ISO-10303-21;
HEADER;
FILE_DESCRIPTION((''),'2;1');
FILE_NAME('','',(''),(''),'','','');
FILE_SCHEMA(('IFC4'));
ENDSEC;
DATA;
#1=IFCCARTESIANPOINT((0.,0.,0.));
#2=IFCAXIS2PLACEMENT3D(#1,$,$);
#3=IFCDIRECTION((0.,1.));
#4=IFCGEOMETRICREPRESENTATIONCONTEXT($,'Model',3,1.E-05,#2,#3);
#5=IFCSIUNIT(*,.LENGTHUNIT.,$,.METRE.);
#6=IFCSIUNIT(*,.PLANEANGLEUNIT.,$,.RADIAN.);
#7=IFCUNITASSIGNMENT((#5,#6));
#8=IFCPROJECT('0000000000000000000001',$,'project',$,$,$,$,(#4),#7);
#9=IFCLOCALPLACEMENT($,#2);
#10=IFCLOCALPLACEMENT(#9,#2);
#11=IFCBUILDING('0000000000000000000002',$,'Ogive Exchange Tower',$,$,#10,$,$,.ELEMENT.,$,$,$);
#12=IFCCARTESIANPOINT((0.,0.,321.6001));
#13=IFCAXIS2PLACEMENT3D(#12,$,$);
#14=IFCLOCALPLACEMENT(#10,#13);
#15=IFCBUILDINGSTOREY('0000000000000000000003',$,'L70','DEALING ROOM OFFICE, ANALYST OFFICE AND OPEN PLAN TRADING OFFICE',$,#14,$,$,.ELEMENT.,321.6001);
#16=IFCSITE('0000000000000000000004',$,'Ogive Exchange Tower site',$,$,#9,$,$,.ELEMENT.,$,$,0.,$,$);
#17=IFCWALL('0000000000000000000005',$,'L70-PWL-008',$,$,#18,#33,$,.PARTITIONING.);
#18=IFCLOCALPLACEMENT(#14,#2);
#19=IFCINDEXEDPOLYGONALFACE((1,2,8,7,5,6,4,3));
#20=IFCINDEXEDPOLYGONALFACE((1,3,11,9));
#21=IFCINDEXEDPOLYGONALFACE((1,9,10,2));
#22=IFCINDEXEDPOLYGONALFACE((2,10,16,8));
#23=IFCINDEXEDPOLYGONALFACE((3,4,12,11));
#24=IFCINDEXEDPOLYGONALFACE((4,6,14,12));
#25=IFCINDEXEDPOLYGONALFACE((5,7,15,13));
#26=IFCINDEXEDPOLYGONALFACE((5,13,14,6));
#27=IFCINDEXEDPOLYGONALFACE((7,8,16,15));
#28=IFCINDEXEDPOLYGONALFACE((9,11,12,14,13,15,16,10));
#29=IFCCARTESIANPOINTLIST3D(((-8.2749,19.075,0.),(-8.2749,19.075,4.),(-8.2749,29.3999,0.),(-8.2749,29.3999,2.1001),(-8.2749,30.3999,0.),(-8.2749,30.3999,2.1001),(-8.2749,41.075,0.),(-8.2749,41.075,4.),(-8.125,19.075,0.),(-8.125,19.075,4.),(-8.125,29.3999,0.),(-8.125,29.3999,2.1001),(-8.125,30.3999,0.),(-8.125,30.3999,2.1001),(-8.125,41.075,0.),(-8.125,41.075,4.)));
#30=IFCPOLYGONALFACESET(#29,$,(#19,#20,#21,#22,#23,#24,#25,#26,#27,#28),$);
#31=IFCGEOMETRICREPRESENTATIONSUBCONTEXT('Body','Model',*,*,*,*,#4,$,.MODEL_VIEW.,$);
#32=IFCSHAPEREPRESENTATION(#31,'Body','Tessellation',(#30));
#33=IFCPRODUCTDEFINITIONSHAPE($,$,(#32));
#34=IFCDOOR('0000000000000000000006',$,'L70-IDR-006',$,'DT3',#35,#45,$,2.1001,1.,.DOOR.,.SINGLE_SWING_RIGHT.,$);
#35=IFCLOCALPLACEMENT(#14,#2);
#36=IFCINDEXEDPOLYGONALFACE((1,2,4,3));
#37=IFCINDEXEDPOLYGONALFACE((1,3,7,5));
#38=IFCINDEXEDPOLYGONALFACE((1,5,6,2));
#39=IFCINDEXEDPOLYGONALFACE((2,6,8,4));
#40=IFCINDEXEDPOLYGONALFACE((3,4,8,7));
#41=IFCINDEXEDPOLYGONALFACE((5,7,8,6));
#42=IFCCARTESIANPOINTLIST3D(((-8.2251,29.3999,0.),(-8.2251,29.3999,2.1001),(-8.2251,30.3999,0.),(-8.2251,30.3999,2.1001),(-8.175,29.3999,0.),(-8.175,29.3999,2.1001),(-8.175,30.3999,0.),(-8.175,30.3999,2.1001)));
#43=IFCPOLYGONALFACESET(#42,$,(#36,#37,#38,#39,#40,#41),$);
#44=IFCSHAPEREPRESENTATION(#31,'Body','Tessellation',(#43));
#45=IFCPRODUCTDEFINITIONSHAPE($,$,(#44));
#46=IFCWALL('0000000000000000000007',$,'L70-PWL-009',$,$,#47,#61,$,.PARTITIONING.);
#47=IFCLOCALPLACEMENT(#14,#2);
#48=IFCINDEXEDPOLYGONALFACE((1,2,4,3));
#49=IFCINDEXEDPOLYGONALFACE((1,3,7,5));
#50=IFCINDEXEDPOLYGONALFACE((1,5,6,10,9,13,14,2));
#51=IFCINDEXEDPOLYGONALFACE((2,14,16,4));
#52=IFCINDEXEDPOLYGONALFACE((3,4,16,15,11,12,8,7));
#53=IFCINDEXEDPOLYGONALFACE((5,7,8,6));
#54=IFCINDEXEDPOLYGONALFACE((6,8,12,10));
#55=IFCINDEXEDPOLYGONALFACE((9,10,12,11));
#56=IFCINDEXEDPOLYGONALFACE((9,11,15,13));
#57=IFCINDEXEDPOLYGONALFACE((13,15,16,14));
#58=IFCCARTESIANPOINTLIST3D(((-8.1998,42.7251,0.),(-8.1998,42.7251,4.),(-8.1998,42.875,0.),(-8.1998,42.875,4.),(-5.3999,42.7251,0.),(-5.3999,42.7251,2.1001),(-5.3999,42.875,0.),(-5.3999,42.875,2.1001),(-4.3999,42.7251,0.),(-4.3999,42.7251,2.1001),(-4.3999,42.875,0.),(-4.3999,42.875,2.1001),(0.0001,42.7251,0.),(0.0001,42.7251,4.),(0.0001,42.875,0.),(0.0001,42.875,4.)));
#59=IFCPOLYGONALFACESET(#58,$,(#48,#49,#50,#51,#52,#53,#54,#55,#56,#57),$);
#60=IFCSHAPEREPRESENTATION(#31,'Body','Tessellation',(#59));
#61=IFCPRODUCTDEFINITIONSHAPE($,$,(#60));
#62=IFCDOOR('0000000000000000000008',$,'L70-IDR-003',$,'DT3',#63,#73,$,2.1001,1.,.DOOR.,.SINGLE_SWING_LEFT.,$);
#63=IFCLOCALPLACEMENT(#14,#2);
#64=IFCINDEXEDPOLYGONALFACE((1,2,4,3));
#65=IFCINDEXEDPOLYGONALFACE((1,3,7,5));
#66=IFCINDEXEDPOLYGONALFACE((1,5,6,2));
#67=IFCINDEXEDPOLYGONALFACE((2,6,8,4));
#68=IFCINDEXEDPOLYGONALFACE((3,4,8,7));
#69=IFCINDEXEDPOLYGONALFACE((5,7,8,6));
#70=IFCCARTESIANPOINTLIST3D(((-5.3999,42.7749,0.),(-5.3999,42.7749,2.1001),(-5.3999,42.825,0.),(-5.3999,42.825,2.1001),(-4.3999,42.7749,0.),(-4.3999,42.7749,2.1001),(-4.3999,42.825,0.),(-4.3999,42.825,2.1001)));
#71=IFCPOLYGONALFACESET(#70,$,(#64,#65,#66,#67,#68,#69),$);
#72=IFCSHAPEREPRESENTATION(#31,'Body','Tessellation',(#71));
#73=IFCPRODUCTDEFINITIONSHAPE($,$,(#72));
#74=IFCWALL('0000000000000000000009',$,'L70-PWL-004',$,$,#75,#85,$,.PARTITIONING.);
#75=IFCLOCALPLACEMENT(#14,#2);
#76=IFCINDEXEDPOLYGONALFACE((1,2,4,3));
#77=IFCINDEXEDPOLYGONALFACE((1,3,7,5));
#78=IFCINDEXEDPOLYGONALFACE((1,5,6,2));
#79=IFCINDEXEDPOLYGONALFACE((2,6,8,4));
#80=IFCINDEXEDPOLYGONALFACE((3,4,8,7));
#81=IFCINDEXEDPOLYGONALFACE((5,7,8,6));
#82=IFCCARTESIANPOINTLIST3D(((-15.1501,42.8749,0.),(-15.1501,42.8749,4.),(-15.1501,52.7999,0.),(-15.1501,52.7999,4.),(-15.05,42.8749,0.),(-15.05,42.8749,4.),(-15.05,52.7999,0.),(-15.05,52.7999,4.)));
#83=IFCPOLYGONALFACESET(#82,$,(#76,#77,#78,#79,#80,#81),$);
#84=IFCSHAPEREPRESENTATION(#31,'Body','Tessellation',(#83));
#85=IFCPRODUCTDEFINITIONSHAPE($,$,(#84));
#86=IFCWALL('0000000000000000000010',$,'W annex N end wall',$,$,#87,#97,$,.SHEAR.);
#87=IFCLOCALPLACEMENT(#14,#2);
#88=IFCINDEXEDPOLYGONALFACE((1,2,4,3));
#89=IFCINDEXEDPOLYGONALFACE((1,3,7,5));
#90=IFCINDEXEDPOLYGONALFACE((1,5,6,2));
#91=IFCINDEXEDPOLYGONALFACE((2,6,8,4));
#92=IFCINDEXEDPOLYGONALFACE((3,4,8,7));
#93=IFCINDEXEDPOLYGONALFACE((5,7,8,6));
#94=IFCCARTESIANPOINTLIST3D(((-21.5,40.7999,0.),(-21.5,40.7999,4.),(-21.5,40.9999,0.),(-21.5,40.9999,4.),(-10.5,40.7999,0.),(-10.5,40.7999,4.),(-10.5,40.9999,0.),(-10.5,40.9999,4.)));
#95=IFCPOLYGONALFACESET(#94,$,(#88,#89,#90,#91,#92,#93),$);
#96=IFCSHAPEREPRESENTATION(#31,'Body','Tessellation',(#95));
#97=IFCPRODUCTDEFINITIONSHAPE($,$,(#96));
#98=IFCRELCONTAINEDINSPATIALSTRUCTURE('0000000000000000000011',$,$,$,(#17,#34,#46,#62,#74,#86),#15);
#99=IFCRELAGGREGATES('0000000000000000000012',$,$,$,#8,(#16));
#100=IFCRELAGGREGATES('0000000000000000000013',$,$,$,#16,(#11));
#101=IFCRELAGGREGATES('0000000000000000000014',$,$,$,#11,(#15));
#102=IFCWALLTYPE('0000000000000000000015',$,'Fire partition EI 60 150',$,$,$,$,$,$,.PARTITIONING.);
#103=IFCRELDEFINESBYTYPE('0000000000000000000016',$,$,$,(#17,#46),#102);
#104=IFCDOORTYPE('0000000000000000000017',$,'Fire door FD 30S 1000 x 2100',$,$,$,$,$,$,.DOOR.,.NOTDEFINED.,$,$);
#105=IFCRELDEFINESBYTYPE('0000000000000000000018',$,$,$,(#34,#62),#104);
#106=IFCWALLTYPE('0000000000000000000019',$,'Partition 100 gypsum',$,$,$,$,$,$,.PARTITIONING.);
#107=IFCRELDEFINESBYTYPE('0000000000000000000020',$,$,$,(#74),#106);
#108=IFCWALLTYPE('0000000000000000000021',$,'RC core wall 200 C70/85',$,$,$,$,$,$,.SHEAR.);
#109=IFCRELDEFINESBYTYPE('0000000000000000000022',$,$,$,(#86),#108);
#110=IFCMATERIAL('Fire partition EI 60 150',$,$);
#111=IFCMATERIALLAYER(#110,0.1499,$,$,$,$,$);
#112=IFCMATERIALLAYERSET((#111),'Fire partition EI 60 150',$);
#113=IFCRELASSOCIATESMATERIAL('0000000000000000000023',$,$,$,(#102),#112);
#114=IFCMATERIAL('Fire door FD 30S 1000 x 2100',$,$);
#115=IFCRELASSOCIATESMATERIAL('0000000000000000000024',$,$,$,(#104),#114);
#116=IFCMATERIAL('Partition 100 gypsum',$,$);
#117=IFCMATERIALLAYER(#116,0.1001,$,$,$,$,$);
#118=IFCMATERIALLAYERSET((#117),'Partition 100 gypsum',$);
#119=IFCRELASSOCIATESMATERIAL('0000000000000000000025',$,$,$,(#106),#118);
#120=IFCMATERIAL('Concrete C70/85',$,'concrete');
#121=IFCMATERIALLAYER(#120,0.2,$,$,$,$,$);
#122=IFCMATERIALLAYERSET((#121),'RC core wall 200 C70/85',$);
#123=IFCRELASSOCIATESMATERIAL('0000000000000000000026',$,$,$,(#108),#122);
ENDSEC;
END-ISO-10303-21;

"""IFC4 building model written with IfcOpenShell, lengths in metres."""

from ifc_helpers import new_model, si_unit, direction, frame, frame_2d, origin, place, context, subcontext, project, spatial, rectangle, extrude, material, layer, layer_set, type_object, element, fill, save


model = new_model("IFC4")

# Units and contexts
model_context = context("Model", 3, precision=1e-05, world=origin(), true_north=direction((0.0, 1.0)))
body_context = subcontext(model_context, "Body", "Model", "MODEL_VIEW")
ifc_project = project(units=[si_unit("LENGTHUNIT", "METRE"), si_unit("PLANEANGLEUNIT", "RADIAN")], contexts=[model_context])

# Site, building, storey
site_placement = place(None, origin())
site = spatial("IfcSite", under=ifc_project, at=site_placement, Name="Ogive Exchange Tower site", CompositionType="ELEMENT", RefElevation=0.0)
building_placement = place(site_placement, origin())
building = spatial("IfcBuilding", under=site, at=building_placement, Name="Ogive Exchange Tower", CompositionType="ELEMENT")
storey_placement = place(building_placement, frame((0.0, 0.0, 321.6001)))
storey = spatial("IfcBuildingStorey", under=building, at=storey_placement, Name="L70", Description="DEALING ROOM OFFICE, ANALYST OFFICE AND OPEN PLAN TRADING OFFICE", CompositionType="ELEMENT", Elevation=321.6001)

# Shared definitions
ifc_material_1 = material(Name="Fire partition EI 60 150")
ifc_layer_1 = layer(ifc_material_1, 0.1499)
ifc_layer_set_1 = layer_set([ifc_layer_1], Name="Fire partition EI 60 150")
wall_type_1 = type_object("IfcWallType", Name="Fire partition EI 60 150", PredefinedType="PARTITIONING", material=ifc_layer_set_1)
ifc_material_2 = material(Name="Fire door FD 30S 1000 x 2100")
door_type = type_object("IfcDoorType", Name="Fire door FD 30S 1000 x 2100", OperationType="NOTDEFINED", PredefinedType="DOOR", material=ifc_material_2)

# Walls, openings, doors
wall_1_placement = place(storey_placement, frame((-8.2, 41.075, 0.0), z_axis=(0.0, 0.0, 1.0), x_axis=(0.0, -1.0, 0.0)))
wall_1 = element("IfcWall", 1, at=wall_1_placement, inside=storey, type_object=wall_type_1, Name="L70-PWL-008", PredefinedType="PARTITIONING", context=body_context, shape_type="SweptSolid", body=[
    extrude(rectangle(XDim=22.0, YDim=0.1499, at=frame_2d((11.0, 0.0))), origin(), (0.0, 0.0, 1.0), 4.0),
])
opening_1_placement = place(wall_1_placement, frame((10.675, 0.0, 0.0)))
opening_1 = element("IfcOpeningElement", 2, at=opening_1_placement, cuts=wall_1, PredefinedType="OPENING", context=body_context, shape_type="SweptSolid", body=[
    extrude(rectangle(XDim=1.0, YDim=2.1001, at=frame_2d((0.5, 1.05))), frame((0.0, 0.085, 0.0), z_axis=(0.0, -1.0, 0.0), x_axis=(1.0, 0.0, 0.0)), (0.0, 0.0, 1.0), 0.1699),
])
door_1_placement = place(opening_1_placement, origin())
door_1 = element("IfcDoor", 3, at=door_1_placement, inside=storey, type_object=door_type, Name="L70-IDR-006", ObjectType="DT3", OperationType="SINGLE_SWING_RIGHT", OverallHeight=2.1001, OverallWidth=1.0, PredefinedType="DOOR", context=body_context, shape_type="SweptSolid", body=[
    extrude(rectangle(XDim=1.0, YDim=2.1001, at=frame_2d((0.5, 1.05))), frame((0.0, 0.0249, 0.0), z_axis=(0.0, -1.0, 0.0), x_axis=(1.0, 0.0, 0.0)), (0.0, 0.0, 1.0), 0.05),
])
fill(opening_1, door_1)
wall_2_placement = place(storey_placement, frame((-8.2, 42.8, 0.0), z_axis=(0.0, 0.0, 1.0), x_axis=(1.0, 0.0, 0.0)))
wall_2 = element("IfcWall", 4, at=wall_2_placement, inside=storey, type_object=wall_type_1, Name="L70-PWL-009", PredefinedType="PARTITIONING", context=body_context, shape_type="SweptSolid", body=[
    extrude(rectangle(XDim=8.2, YDim=0.1499, at=frame_2d((4.1001, 0.0))), origin(), (0.0, 0.0, 1.0), 4.0),
])
opening_2_placement = place(wall_2_placement, frame((2.8, 0.0, 0.0)))
opening_2 = element("IfcOpeningElement", 5, at=opening_2_placement, cuts=wall_2, PredefinedType="OPENING", context=body_context, shape_type="SweptSolid", body=[
    extrude(rectangle(XDim=1.0, YDim=2.1001, at=frame_2d((0.5, 1.05))), frame((0.0, 0.085, 0.0), z_axis=(0.0, -1.0, 0.0), x_axis=(1.0, 0.0, 0.0)), (0.0, 0.0, 1.0), 0.1699),
])
door_2_placement = place(opening_2_placement, origin())
door_2 = element("IfcDoor", 6, at=door_2_placement, inside=storey, type_object=door_type, Name="L70-IDR-003", ObjectType="DT3", OperationType="SINGLE_SWING_LEFT", OverallHeight=2.1001, OverallWidth=1.0, PredefinedType="DOOR", context=body_context, shape_type="SweptSolid", body=[
    extrude(rectangle(XDim=1.0, YDim=2.1001, at=frame_2d((0.5, 1.05))), frame((0.0, 0.0249, 0.0), z_axis=(0.0, -1.0, 0.0), x_axis=(1.0, 0.0, 0.0)), (0.0, 0.0, 1.0), 0.05),
])
fill(opening_2, door_2)

# Walls
ifc_material_3 = material(Name="Partition 100 gypsum")
ifc_layer_2 = layer(ifc_material_3, 0.1001)
ifc_layer_set_2 = layer_set([ifc_layer_2], Name="Partition 100 gypsum")
wall_type_2 = type_object("IfcWallType", Name="Partition 100 gypsum", PredefinedType="PARTITIONING", material=ifc_layer_set_2)
wall_3_placement = place(storey_placement, frame((-15.1001, 42.875, 0.0), z_axis=(0.0, 0.0, 1.0), x_axis=(0.0, 1.0, 0.0)))
element("IfcWall", 7, at=wall_3_placement, inside=storey, type_object=wall_type_2, Name="L70-PWL-004", PredefinedType="PARTITIONING", context=body_context, shape_type="SweptSolid", body=[
    extrude(rectangle(XDim=9.925, YDim=0.1001, at=frame_2d((4.9624, 0.0))), origin(), (0.0, 0.0, 1.0), 4.0),
])
ifc_material_4 = material(Name="Concrete C70/85", Category="concrete")
ifc_layer_3 = layer(ifc_material_4, 0.2)
ifc_layer_set_3 = layer_set([ifc_layer_3], Name="RC core wall 200 C70/85")
wall_type_3 = type_object("IfcWallType", Name="RC core wall 200 C70/85", PredefinedType="SHEAR", material=ifc_layer_set_3)
wall_4_placement = place(storey_placement, frame((-21.5, 40.8999, 0.0), z_axis=(0.0, 0.0, 1.0), x_axis=(1.0, 0.0, 0.0)))
element("IfcWall", 8, at=wall_4_placement, inside=storey, type_object=wall_type_3, Name="W annex N end wall", PredefinedType="SHEAR", context=body_context, shape_type="SweptSolid", body=[
    extrude(rectangle(XDim=11.0, YDim=0.2, at=frame_2d((5.5, 0.0))), origin(), (0.0, 0.0, 1.0), 4.0),
])

save(model, "model.ifc")
